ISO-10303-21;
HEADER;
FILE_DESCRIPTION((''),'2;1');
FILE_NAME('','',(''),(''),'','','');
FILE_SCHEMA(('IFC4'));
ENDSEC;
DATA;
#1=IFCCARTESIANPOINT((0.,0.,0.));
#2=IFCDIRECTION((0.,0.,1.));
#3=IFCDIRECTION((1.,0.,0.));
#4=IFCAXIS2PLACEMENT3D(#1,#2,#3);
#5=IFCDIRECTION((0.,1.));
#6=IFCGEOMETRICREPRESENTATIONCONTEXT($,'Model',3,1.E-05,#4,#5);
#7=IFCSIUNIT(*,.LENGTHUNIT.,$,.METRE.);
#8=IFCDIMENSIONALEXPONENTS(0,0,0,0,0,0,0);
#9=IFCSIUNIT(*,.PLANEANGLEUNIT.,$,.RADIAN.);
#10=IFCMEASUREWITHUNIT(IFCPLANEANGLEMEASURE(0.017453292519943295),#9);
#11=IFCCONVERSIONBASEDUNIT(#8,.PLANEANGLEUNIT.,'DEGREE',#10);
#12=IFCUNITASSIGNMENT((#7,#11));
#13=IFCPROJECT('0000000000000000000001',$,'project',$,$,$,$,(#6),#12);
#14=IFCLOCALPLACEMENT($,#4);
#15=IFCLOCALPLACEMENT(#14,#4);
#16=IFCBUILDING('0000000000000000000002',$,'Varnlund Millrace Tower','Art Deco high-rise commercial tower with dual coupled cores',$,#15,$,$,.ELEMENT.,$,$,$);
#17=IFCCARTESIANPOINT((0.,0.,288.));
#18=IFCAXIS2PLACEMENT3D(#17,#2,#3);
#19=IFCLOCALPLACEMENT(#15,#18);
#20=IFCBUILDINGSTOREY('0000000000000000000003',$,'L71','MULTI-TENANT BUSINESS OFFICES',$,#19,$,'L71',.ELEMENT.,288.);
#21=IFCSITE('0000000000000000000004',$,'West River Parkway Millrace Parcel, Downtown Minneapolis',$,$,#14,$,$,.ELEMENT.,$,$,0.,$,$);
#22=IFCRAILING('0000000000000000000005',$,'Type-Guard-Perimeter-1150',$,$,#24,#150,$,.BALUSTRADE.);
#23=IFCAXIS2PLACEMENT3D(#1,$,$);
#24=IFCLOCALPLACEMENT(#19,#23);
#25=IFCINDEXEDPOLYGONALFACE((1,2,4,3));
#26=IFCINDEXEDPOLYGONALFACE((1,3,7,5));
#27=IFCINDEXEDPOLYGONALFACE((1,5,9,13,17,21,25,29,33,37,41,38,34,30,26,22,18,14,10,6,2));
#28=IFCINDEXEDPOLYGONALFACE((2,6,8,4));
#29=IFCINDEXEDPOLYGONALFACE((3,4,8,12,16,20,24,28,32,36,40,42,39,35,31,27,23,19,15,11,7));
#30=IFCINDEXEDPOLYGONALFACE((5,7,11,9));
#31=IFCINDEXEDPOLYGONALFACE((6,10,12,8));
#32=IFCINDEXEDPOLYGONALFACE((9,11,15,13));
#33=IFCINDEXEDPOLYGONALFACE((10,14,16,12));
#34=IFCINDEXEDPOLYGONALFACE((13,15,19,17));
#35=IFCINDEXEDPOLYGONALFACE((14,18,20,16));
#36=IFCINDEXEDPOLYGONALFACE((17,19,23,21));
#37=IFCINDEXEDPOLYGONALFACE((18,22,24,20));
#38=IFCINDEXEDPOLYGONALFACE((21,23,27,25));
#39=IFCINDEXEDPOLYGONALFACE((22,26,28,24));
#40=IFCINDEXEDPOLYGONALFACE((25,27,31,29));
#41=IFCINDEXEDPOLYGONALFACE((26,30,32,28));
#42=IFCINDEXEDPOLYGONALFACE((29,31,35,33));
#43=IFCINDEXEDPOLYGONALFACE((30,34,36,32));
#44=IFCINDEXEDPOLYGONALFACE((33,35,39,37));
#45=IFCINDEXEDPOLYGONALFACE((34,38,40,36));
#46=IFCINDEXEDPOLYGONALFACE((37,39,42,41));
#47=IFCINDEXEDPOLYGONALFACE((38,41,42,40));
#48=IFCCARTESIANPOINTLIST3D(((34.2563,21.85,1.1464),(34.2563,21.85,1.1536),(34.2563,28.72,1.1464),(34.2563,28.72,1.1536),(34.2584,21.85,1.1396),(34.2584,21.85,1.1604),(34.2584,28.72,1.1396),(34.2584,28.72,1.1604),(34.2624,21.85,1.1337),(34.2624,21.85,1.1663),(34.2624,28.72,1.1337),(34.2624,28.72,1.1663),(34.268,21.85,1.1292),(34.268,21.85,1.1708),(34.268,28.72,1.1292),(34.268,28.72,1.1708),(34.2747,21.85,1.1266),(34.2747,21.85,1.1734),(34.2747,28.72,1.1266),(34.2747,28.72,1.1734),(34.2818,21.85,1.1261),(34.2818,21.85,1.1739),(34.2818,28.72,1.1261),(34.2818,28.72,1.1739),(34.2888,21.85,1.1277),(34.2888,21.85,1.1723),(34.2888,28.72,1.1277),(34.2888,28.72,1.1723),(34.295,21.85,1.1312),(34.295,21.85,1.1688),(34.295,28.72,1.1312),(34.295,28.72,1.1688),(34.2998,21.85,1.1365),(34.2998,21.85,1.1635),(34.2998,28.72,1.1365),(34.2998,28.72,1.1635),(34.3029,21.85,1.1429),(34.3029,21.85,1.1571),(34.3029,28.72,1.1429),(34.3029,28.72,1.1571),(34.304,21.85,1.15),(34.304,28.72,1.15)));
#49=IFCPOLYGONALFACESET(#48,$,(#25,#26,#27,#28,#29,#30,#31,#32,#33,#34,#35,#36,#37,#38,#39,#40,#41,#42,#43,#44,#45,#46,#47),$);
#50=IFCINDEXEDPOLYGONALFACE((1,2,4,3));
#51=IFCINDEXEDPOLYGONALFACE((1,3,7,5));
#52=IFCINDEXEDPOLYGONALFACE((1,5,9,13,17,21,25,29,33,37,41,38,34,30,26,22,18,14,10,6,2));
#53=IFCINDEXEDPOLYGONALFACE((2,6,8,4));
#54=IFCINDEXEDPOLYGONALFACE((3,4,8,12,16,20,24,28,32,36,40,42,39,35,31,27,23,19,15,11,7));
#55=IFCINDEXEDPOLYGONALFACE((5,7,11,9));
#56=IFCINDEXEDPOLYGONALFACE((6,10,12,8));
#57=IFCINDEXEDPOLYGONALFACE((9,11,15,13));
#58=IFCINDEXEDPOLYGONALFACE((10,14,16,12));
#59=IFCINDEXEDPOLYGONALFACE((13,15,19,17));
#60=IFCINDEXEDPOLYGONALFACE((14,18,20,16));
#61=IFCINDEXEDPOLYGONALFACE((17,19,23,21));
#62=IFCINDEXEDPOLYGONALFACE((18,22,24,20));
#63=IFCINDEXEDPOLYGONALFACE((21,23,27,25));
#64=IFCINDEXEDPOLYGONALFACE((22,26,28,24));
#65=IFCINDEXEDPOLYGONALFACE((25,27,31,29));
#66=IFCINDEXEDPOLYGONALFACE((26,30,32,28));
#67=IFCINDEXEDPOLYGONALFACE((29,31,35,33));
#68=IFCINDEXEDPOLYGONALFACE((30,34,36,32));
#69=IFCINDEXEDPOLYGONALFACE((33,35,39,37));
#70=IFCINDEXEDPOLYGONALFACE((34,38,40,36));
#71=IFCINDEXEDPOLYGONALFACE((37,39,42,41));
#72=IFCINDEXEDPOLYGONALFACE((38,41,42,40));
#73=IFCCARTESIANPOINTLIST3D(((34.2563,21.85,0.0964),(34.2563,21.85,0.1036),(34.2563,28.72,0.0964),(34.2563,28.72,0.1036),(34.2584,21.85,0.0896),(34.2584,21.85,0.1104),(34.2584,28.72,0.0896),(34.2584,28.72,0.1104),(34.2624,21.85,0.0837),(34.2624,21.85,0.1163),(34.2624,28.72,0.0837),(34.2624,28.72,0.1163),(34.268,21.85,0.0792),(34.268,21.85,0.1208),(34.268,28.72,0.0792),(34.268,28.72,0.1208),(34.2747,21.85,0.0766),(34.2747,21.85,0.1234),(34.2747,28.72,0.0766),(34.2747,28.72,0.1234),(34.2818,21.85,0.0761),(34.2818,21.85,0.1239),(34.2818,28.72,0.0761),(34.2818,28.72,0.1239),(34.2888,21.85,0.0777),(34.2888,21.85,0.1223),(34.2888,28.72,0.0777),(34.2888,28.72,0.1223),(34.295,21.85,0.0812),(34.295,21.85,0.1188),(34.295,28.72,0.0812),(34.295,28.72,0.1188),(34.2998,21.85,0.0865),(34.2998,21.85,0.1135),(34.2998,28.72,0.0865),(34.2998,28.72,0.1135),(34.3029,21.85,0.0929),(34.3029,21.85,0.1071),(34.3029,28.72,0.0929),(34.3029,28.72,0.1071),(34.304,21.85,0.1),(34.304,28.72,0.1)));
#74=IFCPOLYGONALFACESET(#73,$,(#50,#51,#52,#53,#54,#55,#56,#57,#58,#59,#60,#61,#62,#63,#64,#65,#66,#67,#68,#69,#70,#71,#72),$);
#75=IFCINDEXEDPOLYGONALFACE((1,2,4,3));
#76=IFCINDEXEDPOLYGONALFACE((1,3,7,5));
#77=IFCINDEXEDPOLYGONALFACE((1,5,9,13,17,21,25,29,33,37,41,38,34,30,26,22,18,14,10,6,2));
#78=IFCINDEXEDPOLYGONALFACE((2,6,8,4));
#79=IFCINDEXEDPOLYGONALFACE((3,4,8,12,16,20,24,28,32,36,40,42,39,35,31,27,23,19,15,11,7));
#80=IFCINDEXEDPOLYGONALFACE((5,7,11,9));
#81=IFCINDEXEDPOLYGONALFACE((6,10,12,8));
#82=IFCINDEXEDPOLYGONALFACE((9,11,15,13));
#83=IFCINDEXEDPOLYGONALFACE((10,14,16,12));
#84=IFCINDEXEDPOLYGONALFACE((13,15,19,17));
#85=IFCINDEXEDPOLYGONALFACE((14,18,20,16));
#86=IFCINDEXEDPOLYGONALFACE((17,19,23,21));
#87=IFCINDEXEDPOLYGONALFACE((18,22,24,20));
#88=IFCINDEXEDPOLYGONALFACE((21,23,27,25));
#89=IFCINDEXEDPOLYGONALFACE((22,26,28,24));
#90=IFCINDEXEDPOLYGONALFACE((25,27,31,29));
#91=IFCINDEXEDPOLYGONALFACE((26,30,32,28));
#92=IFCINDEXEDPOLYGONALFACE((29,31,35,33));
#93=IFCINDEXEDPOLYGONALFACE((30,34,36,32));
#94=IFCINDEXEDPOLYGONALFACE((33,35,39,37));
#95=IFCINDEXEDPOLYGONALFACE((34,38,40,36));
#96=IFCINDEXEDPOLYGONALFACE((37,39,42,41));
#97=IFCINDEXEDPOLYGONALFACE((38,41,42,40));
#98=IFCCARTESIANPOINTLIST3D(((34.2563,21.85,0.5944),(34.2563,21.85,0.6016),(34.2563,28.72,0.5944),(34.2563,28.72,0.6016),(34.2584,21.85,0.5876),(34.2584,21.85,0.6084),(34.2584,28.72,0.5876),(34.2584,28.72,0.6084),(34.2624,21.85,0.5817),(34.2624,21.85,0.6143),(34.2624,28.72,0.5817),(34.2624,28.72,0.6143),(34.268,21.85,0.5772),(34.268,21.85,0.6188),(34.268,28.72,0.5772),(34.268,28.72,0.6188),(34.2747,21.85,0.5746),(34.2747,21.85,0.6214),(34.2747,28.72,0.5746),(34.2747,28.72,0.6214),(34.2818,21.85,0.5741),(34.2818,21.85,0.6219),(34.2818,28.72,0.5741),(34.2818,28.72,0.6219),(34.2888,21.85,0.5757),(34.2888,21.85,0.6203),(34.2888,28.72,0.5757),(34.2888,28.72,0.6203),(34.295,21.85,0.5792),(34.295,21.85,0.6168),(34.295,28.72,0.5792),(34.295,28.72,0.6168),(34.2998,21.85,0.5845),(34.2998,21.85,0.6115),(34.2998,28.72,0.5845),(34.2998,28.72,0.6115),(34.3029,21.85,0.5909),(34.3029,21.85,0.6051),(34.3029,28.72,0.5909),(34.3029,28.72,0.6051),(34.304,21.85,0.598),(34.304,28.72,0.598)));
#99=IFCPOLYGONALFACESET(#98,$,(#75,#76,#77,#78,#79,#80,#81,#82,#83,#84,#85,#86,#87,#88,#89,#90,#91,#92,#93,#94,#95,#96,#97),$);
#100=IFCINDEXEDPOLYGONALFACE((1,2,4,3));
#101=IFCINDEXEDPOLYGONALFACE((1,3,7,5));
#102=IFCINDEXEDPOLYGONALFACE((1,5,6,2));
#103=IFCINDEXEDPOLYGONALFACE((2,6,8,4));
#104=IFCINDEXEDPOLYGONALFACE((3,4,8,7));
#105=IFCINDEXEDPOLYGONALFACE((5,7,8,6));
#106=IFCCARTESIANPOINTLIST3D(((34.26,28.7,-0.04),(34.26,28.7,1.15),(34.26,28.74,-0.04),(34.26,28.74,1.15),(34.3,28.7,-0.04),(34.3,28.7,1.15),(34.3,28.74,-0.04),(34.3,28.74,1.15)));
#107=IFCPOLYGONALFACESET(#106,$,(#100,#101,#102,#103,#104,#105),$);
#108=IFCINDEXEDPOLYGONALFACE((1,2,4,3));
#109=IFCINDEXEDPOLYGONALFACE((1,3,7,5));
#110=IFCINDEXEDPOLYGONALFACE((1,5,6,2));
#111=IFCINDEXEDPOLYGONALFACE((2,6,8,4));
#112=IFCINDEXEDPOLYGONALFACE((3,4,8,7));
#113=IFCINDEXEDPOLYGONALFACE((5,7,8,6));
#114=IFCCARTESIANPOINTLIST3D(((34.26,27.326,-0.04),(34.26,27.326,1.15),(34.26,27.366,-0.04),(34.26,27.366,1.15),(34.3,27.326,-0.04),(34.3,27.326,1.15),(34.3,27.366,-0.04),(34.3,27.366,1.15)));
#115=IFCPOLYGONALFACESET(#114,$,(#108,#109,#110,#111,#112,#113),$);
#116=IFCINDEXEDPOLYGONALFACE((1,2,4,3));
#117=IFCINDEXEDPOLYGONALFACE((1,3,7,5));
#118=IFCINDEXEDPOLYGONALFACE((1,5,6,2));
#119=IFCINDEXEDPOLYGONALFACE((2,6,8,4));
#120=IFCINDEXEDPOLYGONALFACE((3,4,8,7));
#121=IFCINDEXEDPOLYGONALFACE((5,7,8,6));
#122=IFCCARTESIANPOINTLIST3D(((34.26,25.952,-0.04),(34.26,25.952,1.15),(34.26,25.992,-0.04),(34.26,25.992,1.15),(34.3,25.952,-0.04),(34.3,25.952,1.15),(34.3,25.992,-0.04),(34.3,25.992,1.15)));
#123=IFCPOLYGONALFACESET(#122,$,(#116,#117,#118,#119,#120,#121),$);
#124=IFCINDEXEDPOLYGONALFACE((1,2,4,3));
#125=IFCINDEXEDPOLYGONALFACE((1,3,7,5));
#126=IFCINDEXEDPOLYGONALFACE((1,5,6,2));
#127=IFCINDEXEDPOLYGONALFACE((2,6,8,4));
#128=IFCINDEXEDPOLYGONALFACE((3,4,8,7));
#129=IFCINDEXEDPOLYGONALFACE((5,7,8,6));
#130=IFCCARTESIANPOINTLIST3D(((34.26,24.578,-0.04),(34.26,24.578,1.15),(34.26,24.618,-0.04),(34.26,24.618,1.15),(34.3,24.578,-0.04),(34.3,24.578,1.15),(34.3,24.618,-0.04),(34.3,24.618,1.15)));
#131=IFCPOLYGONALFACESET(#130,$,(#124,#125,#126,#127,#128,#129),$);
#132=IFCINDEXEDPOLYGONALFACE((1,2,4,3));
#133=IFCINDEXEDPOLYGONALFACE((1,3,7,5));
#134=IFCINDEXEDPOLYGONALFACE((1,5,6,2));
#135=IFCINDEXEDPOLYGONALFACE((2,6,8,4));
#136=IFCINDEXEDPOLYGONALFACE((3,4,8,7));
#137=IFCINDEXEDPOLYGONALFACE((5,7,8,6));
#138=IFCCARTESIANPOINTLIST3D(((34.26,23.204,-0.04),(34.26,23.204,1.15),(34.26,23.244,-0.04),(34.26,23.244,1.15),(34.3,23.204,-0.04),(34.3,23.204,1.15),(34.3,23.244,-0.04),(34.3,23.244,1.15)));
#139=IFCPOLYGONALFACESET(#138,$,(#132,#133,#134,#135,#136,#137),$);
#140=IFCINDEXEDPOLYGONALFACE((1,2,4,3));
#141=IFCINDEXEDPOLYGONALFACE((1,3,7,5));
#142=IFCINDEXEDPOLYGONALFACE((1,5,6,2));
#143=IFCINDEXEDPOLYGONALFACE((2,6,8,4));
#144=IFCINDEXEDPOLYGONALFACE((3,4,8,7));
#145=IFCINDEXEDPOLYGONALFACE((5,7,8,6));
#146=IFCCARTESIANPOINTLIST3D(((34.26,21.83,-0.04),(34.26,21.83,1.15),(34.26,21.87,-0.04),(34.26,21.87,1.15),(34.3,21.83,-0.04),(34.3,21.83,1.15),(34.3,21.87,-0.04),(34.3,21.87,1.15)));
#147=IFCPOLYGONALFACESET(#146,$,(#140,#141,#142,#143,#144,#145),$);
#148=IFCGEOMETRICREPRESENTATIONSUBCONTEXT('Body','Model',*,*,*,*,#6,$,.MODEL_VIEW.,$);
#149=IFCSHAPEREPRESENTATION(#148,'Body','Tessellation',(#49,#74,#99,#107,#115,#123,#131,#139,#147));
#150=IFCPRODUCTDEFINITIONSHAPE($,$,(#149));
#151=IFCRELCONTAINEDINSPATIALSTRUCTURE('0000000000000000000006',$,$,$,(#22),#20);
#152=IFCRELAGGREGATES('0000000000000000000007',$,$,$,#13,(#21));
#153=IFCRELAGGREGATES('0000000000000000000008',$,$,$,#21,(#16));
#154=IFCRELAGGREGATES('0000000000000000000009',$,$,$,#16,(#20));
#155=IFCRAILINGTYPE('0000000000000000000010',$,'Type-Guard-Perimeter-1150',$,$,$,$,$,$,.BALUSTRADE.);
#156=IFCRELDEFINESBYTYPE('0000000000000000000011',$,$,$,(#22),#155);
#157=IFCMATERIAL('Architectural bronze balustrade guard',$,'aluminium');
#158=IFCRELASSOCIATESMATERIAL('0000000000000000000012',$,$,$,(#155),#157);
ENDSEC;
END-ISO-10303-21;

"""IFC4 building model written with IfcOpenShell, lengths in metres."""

from ifc_helpers import new_model, entity, si_unit, converted_unit, direction, frame, origin_with_axes, origin_2d_with_axis, place, context, subcontext, project, spatial, rectangle, circle, extrude, material, type_object, element, save


model = new_model("IFC4")

# Units and contexts
model_context = context("Model", 3, precision=1e-05, world=origin_with_axes(), true_north=direction((0.0, 1.0)))
body_context = subcontext(model_context, "Body", "Model", "MODEL_VIEW")
ifc_project = project(units=[si_unit("LENGTHUNIT", "METRE"), converted_unit("PLANEANGLEUNIT", "DEGREE", entity("IfcPlaneAngleMeasure", 0.017453292519943295), si_unit("PLANEANGLEUNIT", "RADIAN"), dimensions=[0, 0, 0, 0, 0, 0, 0])], contexts=[model_context])

# Site, building, storey
site_placement = place(None, origin_with_axes())
site = spatial("IfcSite", under=ifc_project, at=site_placement, Name="West River Parkway Millrace Parcel, Downtown Minneapolis", CompositionType="ELEMENT", RefElevation=0.0)
building_placement = place(site_placement, origin_with_axes())
building = spatial("IfcBuilding", under=site, at=building_placement, Name="Varnlund Millrace Tower", Description="Art Deco high-rise commercial tower with dual coupled cores", CompositionType="ELEMENT")
storey_placement = place(building_placement, frame((0.0, 0.0, 288.0), z_axis=(0.0, 0.0, 1.0), x_axis=(1.0, 0.0, 0.0)))
storey = spatial("IfcBuildingStorey", under=building, at=storey_placement, Name="L71", Description="MULTI-TENANT BUSINESS OFFICES", LongName="L71", CompositionType="ELEMENT", Elevation=288.0)

# Railing
ifc_material_1 = material(Name="Architectural bronze balustrade guard", Category="aluminium")
railing_type_1 = type_object("IfcRailingType", Name="Type-Guard-Perimeter-1150", PredefinedType="BALUSTRADE", material=ifc_material_1)
railing_1_placement = place(storey_placement, frame((0.0, 0.0, -288.0), z_axis=(0.0, 0.0, 1.0), x_axis=(1.0, 0.0, 0.0)))
element("IfcRailing", 1, at=railing_1_placement, inside=storey, type_object=railing_type_1, Name="Type-Guard-Perimeter-1150", PredefinedType="BALUSTRADE", context=body_context, shape_type="SweptSolid", body=[
    extrude(circle(Radius=0.024, at=origin_2d_with_axis()), frame((34.28, 28.72, 289.15), z_axis=(0.0, -1.0, 0.0), x_axis=(1.0, 0.0, 0.0)), (0.0, 0.0, 1.0), 6.87),
    extrude(circle(Radius=0.024, at=origin_2d_with_axis()), frame((34.28, 28.72, 288.1), z_axis=(0.0, -1.0, 0.0), x_axis=(1.0, 0.0, 0.0)), (0.0, 0.0, 1.0), 6.87),
    extrude(circle(Radius=0.024, at=origin_2d_with_axis()), frame((34.28, 28.72, 288.598), z_axis=(0.0, -1.0, 0.0), x_axis=(1.0, 0.0, 0.0)), (0.0, 0.0, 1.0), 6.87),
    extrude(rectangle(XDim=0.04, YDim=0.04, at=origin_2d_with_axis()), frame((34.28, 28.72, 287.96), z_axis=(0.0, 0.0, 1.0), x_axis=(1.0, 0.0, 0.0)), (0.0, 0.0, 1.0), 1.19),
    extrude(rectangle(XDim=0.04, YDim=0.04, at=origin_2d_with_axis()), frame((34.28, 27.346, 287.96), z_axis=(0.0, 0.0, 1.0), x_axis=(1.0, 0.0, 0.0)), (0.0, 0.0, 1.0), 1.19),
    extrude(rectangle(XDim=0.04, YDim=0.04, at=origin_2d_with_axis()), frame((34.28, 25.972, 287.96), z_axis=(0.0, 0.0, 1.0), x_axis=(1.0, 0.0, 0.0)), (0.0, 0.0, 1.0), 1.19),
    extrude(rectangle(XDim=0.04, YDim=0.04, at=origin_2d_with_axis()), frame((34.28, 24.598, 287.96), z_axis=(0.0, 0.0, 1.0), x_axis=(1.0, 0.0, 0.0)), (0.0, 0.0, 1.0), 1.19),
    extrude(rectangle(XDim=0.04, YDim=0.04, at=origin_2d_with_axis()), frame((34.28, 23.224, 287.96), z_axis=(0.0, 0.0, 1.0), x_axis=(1.0, 0.0, 0.0)), (0.0, 0.0, 1.0), 1.19),
    extrude(rectangle(XDim=0.04, YDim=0.04, at=origin_2d_with_axis()), frame((34.28, 21.85, 287.96), z_axis=(0.0, 0.0, 1.0), x_axis=(1.0, 0.0, 0.0)), (0.0, 0.0, 1.0), 1.19),
])

save(model, "model.ifc")
